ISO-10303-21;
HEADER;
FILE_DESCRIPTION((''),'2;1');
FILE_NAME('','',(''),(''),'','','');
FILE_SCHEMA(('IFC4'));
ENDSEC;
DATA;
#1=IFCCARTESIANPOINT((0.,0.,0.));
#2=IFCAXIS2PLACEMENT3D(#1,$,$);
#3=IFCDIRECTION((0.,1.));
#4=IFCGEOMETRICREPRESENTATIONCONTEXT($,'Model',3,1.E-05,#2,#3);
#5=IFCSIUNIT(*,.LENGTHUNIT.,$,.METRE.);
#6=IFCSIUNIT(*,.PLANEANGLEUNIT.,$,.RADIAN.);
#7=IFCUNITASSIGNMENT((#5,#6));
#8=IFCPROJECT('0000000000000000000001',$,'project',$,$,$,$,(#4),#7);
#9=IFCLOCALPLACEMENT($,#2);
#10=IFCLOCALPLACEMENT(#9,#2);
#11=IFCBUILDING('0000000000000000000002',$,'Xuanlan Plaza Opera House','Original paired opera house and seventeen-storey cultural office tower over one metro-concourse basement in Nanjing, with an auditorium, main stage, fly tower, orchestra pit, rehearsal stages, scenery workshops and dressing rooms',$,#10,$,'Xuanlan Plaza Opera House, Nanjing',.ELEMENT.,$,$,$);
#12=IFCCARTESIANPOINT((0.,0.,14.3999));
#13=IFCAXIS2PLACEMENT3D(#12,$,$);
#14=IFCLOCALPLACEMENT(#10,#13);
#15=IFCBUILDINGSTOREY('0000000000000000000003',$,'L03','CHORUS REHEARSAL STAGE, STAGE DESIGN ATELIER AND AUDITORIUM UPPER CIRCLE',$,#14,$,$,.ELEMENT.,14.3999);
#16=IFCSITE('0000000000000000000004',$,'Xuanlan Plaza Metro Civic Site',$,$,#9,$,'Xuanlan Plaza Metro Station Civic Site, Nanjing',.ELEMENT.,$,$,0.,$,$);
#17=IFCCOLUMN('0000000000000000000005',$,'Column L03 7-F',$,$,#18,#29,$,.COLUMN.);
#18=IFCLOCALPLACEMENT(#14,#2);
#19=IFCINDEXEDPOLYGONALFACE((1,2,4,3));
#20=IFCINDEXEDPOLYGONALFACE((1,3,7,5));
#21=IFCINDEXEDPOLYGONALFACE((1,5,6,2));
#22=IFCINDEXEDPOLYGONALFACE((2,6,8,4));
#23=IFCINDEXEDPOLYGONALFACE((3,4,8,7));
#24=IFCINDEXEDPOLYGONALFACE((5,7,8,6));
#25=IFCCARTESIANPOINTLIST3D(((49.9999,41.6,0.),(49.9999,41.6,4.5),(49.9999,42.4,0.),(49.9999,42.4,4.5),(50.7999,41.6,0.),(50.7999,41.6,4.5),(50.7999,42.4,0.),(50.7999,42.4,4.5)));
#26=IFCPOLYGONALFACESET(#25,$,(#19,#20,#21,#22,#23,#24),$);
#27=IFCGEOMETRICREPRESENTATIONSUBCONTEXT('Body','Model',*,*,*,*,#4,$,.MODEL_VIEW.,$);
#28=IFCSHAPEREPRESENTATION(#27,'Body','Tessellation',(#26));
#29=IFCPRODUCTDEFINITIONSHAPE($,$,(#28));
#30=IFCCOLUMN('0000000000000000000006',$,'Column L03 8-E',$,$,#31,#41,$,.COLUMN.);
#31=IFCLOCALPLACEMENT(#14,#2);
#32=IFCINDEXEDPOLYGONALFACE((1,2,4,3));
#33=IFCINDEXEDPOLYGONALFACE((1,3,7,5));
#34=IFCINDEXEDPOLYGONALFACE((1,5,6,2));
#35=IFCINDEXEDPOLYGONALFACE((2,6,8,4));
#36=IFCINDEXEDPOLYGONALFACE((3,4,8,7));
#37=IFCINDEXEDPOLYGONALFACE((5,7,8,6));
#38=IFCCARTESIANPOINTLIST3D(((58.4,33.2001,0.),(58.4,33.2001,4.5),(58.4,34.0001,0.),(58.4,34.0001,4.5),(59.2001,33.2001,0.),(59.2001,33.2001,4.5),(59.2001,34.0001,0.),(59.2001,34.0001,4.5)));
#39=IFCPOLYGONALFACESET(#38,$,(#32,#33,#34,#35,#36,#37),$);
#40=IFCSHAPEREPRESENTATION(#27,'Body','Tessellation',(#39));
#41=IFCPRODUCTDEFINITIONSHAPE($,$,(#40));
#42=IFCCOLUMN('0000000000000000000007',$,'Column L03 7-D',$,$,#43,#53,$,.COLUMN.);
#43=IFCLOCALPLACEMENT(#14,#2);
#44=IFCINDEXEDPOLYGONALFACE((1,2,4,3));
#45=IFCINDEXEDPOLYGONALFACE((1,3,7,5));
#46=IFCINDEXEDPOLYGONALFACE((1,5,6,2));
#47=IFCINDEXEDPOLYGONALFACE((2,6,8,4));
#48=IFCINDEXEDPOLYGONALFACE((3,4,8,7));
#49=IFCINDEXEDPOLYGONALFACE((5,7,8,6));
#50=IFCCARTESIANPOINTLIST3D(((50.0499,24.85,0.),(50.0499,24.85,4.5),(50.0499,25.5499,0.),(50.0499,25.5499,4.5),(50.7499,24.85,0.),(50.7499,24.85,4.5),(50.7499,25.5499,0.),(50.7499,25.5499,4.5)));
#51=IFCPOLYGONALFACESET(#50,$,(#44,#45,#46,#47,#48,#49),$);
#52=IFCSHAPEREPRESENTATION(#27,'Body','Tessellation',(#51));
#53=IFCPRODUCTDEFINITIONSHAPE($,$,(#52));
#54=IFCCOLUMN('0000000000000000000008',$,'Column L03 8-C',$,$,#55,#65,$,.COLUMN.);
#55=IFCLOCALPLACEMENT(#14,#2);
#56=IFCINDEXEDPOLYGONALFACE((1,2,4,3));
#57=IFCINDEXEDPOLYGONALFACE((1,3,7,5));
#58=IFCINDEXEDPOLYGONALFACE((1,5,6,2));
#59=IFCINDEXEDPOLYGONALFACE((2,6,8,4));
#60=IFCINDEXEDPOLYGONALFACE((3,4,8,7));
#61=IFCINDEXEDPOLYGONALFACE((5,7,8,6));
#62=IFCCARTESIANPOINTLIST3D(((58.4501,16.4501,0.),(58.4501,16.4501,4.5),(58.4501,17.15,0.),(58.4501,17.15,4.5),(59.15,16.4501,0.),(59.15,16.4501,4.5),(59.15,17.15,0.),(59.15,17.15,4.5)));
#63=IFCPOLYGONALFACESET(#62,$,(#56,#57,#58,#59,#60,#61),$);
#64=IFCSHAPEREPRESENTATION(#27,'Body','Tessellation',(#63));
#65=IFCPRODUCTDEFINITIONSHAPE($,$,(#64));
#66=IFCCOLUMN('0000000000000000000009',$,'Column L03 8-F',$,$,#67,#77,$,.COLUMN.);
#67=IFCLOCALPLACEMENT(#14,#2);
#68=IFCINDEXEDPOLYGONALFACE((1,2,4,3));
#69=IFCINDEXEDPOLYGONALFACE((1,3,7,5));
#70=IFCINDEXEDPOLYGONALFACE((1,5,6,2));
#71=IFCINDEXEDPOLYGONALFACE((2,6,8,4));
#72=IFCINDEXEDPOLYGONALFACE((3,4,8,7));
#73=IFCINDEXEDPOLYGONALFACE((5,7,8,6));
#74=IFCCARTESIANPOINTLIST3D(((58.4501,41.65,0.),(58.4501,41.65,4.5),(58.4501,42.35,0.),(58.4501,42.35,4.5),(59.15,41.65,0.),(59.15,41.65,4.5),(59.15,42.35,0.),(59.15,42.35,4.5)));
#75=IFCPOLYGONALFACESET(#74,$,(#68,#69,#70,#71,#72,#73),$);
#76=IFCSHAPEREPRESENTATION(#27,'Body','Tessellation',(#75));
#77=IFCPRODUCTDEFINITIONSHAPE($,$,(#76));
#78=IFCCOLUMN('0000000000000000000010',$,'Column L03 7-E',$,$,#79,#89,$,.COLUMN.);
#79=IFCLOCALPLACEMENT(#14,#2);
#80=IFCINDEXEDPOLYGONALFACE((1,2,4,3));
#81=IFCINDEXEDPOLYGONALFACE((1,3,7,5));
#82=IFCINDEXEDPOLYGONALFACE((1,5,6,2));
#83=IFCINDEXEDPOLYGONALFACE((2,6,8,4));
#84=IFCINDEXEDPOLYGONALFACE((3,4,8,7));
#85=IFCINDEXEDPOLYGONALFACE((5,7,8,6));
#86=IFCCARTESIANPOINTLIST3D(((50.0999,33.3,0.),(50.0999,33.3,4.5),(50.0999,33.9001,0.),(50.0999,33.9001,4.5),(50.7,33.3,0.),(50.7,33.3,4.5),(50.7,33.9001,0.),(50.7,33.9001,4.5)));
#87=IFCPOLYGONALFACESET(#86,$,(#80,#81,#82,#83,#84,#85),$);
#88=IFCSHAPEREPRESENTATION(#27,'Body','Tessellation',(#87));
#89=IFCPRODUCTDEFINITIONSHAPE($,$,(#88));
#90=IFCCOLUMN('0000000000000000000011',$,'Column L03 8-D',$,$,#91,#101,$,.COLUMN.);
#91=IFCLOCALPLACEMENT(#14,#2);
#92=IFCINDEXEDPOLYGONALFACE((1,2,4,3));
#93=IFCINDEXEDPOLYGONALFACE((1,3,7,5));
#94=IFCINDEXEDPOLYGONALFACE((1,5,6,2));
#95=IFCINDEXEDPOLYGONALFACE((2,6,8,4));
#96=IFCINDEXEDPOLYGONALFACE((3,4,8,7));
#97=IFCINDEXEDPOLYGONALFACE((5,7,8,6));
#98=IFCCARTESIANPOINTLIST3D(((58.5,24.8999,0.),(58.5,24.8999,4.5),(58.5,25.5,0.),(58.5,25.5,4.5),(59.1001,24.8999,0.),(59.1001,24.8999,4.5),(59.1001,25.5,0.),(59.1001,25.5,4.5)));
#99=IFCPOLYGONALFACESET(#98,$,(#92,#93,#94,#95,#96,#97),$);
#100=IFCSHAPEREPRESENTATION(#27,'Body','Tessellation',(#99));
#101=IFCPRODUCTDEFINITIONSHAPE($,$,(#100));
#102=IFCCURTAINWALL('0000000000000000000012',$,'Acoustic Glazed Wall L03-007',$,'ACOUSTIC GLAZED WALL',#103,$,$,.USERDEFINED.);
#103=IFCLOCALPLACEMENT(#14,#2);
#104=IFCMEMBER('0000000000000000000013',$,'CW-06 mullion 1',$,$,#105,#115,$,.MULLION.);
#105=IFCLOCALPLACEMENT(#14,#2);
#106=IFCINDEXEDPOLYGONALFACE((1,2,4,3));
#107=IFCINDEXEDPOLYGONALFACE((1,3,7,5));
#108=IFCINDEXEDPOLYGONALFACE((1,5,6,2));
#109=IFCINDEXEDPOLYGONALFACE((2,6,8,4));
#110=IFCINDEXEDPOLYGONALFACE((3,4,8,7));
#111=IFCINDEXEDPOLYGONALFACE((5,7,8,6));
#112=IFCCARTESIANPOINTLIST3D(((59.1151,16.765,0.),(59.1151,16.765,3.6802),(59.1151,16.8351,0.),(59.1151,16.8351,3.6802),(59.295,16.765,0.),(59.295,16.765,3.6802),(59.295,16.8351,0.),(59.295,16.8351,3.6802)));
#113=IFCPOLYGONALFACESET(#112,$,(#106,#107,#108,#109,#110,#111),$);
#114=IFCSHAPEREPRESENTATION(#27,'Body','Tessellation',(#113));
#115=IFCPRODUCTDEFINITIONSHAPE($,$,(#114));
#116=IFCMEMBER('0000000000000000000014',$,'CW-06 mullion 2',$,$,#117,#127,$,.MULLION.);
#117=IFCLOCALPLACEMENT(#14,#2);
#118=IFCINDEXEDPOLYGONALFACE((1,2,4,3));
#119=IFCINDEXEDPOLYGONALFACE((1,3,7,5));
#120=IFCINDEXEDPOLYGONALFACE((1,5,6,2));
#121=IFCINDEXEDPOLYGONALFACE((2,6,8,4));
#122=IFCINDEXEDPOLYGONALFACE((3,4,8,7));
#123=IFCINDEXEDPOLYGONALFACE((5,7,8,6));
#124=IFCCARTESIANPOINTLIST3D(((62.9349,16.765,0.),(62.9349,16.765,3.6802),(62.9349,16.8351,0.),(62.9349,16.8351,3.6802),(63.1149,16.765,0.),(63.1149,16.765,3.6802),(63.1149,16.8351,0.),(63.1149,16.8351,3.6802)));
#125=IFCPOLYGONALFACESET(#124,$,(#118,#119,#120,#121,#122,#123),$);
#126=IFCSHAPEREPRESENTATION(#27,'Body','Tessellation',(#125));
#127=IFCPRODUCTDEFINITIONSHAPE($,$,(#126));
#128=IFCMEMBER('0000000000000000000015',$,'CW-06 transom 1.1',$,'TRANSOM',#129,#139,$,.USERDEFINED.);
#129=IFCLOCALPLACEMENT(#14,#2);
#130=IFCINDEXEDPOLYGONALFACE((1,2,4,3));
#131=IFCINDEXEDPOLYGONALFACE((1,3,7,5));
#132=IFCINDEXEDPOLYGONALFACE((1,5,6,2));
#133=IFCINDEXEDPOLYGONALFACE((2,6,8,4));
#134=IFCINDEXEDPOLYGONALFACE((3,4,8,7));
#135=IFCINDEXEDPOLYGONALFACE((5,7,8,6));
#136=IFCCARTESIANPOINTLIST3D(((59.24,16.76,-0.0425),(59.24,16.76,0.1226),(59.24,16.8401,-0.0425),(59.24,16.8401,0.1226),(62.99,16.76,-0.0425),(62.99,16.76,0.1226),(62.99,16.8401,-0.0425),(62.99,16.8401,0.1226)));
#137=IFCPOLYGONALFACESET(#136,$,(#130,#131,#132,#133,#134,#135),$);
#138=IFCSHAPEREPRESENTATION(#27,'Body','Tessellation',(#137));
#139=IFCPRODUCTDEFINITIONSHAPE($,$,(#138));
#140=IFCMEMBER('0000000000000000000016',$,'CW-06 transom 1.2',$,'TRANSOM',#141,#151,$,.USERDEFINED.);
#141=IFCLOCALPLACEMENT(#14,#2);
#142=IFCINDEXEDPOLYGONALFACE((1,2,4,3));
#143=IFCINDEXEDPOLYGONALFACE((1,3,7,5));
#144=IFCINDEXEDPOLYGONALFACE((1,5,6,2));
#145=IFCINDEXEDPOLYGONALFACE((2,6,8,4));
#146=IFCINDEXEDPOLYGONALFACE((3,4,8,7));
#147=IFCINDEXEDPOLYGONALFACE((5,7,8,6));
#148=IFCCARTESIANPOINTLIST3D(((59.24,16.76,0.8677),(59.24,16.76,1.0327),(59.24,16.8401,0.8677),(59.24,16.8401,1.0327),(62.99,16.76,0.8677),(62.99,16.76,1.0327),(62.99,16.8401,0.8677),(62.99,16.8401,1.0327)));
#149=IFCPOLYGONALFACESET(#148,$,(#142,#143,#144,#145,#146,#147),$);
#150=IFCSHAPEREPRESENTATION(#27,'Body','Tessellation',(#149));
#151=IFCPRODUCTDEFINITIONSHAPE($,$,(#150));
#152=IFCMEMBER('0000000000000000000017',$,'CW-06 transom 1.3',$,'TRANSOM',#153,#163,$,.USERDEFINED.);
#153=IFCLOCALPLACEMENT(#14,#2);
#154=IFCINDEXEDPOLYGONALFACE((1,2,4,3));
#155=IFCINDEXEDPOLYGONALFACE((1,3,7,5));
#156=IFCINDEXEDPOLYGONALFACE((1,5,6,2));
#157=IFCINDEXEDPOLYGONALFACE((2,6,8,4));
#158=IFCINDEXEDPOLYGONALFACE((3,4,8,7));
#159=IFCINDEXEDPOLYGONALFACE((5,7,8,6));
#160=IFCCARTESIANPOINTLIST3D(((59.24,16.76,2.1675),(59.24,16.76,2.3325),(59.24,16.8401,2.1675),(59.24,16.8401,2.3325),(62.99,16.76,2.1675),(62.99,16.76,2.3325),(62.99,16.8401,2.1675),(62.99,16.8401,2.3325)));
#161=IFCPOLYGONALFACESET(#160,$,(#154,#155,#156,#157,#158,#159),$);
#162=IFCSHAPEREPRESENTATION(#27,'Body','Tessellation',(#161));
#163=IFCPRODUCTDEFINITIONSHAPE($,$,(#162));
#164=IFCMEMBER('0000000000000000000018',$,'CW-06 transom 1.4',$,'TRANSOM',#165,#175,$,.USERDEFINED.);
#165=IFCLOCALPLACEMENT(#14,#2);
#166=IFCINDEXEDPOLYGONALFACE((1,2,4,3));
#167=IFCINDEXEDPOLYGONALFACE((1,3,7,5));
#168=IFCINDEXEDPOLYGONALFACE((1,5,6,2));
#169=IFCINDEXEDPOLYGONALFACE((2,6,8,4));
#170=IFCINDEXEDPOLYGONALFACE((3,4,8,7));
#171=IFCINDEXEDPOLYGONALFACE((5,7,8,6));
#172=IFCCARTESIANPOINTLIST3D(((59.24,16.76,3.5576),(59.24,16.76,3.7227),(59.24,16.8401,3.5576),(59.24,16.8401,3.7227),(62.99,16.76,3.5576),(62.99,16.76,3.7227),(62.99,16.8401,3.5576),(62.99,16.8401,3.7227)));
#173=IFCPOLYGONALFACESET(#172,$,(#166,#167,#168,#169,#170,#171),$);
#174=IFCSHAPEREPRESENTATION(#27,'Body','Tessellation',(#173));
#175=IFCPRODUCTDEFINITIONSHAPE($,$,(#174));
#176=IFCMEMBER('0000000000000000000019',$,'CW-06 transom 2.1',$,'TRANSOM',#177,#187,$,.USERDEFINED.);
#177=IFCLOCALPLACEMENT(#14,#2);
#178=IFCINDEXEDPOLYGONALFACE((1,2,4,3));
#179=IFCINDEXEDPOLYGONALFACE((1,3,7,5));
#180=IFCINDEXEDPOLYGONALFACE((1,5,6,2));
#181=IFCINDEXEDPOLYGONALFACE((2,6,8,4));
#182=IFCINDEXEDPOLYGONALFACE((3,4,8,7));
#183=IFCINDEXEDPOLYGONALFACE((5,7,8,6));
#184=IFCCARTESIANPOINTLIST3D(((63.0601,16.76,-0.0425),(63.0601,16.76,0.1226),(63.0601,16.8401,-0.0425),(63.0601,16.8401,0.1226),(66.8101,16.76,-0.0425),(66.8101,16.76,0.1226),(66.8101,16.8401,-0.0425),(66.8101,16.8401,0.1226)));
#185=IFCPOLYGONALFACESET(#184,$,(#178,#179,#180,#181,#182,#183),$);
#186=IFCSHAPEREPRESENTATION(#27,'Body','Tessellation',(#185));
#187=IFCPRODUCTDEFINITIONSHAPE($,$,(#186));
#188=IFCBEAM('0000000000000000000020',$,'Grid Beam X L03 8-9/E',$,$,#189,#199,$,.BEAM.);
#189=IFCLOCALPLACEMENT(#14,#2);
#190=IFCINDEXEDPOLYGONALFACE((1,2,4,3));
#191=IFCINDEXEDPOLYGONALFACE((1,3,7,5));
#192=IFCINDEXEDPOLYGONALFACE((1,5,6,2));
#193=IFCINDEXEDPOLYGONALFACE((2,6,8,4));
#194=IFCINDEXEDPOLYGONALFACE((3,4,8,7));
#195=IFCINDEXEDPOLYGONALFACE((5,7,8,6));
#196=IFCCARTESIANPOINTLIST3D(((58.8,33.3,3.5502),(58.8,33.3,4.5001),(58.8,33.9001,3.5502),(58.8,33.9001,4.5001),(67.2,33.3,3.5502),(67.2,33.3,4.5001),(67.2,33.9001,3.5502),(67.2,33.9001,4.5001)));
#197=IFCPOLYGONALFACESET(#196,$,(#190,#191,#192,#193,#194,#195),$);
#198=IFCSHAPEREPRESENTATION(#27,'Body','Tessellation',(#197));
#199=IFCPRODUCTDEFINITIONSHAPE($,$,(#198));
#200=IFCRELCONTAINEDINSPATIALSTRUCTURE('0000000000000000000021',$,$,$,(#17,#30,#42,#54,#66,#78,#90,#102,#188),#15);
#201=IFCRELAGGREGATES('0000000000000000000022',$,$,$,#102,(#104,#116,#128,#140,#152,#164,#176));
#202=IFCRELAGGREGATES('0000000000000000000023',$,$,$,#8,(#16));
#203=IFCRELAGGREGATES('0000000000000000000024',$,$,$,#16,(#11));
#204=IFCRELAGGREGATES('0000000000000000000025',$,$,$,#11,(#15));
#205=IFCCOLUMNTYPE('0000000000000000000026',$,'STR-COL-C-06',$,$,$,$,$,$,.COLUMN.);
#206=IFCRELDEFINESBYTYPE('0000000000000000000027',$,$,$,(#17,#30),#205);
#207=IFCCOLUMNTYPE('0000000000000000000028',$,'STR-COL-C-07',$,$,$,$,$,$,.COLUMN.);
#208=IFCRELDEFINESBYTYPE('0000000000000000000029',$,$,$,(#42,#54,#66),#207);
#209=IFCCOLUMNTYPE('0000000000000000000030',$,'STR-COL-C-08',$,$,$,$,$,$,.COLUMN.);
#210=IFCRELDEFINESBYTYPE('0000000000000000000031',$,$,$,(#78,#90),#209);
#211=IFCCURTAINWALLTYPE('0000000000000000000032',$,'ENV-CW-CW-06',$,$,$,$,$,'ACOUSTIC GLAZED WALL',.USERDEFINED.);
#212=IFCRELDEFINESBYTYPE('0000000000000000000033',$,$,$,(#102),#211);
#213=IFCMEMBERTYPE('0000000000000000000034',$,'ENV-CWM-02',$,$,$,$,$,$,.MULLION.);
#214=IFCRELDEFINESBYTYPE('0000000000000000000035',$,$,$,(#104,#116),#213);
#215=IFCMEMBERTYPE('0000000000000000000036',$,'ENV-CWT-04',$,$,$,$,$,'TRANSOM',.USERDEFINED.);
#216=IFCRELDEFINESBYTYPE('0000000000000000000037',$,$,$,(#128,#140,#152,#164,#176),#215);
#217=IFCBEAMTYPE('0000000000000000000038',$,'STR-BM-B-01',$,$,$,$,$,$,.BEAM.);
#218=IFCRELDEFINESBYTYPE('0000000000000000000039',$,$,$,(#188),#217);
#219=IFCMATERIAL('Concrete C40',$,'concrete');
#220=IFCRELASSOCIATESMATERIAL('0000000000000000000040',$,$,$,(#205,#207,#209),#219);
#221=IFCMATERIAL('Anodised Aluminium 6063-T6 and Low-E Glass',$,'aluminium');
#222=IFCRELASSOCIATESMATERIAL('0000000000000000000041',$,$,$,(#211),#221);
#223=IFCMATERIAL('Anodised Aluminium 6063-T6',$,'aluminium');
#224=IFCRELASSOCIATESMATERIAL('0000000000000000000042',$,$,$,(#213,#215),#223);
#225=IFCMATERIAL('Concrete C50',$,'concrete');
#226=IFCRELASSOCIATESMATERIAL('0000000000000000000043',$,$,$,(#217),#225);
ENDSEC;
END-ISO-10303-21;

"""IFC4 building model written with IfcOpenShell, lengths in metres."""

from ifc_helpers import new_model, si_unit, direction, frame, origin, origin_2d, place, context, subcontext, project, spatial, rectangle, extrude, material, material_profile, profile_set, type_object, element, aggregate, save


model = new_model("IFC4")

# Units and contexts
model_context = context("Model", 3, precision=1e-05, world=origin(), true_north=direction((0.0, 1.0)))
body_context = subcontext(model_context, "Body", "Model", "MODEL_VIEW")
ifc_project = project(units=[si_unit("LENGTHUNIT", "METRE"), si_unit("PLANEANGLEUNIT", "RADIAN")], contexts=[model_context])

# Site, building, storey
site_placement = place(None, origin())
site = spatial("IfcSite", under=ifc_project, at=site_placement, Name="Xuanlan Plaza Metro Civic Site", LongName="Xuanlan Plaza Metro Station Civic Site, Nanjing", CompositionType="ELEMENT", RefElevation=0.0)
building_placement = place(site_placement, origin())
building = spatial("IfcBuilding", under=site, at=building_placement, Name="Xuanlan Plaza Opera House", Description="Original paired opera house and seventeen-storey cultural office tower over one metro-concourse basement in Nanjing, with an auditorium, main stage, fly tower, orchestra pit, rehearsal stages, scenery workshops and dressing rooms", LongName="Xuanlan Plaza Opera House, Nanjing", CompositionType="ELEMENT")
storey_placement = place(building_placement, frame((0.0, 0.0, 14.3999)))
storey = spatial("IfcBuildingStorey", under=building, at=storey_placement, Name="L03", Description="CHORUS REHEARSAL STAGE, STAGE DESIGN ATELIER AND AUDITORIUM UPPER CIRCLE", CompositionType="ELEMENT", Elevation=14.3999)

# Columns
ifc_material_1 = material(Name="Concrete C40", Category="concrete")
ifc_material_profile_1 = material_profile(ifc_material_1, rectangle(XDim=0.8, YDim=0.8, at=origin_2d()), Name="RC-COL 800x800")
ifc_profile_set_1 = profile_set([ifc_material_profile_1], Name="Concrete C40")
column_type_1 = type_object("IfcColumnType", Name="STR-COL-C-06", PredefinedType="COLUMN", material=ifc_profile_set_1)
for number, where, z_axis, x_axis, name in (
    (1, (50.3999, 42.0, 0.0), (0.0, 0.0, 1.0), (1.0, 0.0, 0.0), "Column L03 7-F"),
    (2, (58.8, 33.6001, 0.0), (0.0, 0.0, 1.0), (1.0, 0.0, 0.0), "Column L03 8-E"),
):
    element("IfcColumn", number, at=place(storey_placement, frame(where, z_axis=z_axis, x_axis=x_axis)), inside=storey, type_object=column_type_1, Name=name, PredefinedType="COLUMN", context=body_context, shape_type="SweptSolid", body=[
        extrude(rectangle(XDim=0.8, YDim=0.8, at=origin_2d()), origin(), (0.0, 0.0, 1.0), 4.5),
    ])
ifc_material_profile_2 = material_profile(ifc_material_1, rectangle(XDim=0.7, YDim=0.7, at=origin_2d()), Name="RC-COL 700x700")
ifc_profile_set_2 = profile_set([ifc_material_profile_2], Name="Concrete C40")
column_type_2 = type_object("IfcColumnType", Name="STR-COL-C-07", PredefinedType="COLUMN", material=ifc_profile_set_2)
for number, where, z_axis, x_axis, name in (
    (3, (50.3999, 25.2, 0.0), (0.0, 0.0, 1.0), (1.0, 0.0, 0.0), "Column L03 7-D"),
    (4, (58.8, 16.8, 0.0), (0.0, 0.0, 1.0), (1.0, 0.0, 0.0), "Column L03 8-C"),
    (5, (58.8, 42.0, 0.0), (0.0, 0.0, 1.0), (1.0, 0.0, 0.0), "Column L03 8-F"),
):
    element("IfcColumn", number, at=place(storey_placement, frame(where, z_axis=z_axis, x_axis=x_axis)), inside=storey, type_object=column_type_2, Name=name, PredefinedType="COLUMN", context=body_context, shape_type="SweptSolid", body=[
        extrude(rectangle(XDim=0.7, YDim=0.7, at=origin_2d()), origin(), (0.0, 0.0, 1.0), 4.5),
    ])
ifc_material_profile_3 = material_profile(ifc_material_1, rectangle(XDim=0.6001, YDim=0.6001, at=origin_2d()), Name="RC-COL 600x600")
ifc_profile_set_3 = profile_set([ifc_material_profile_3], Name="Concrete C40")
column_type_3 = type_object("IfcColumnType", Name="STR-COL-C-08", PredefinedType="COLUMN", material=ifc_profile_set_3)
for number, where, z_axis, x_axis, name in (
    (6, (50.3999, 33.6001, 0.0), (0.0, 0.0, 1.0), (1.0, 0.0, 0.0), "Column L03 7-E"),
    (7, (58.8, 25.2, 0.0), (0.0, 0.0, 1.0), (1.0, 0.0, 0.0), "Column L03 8-D"),
):
    element("IfcColumn", number, at=place(storey_placement, frame(where, z_axis=z_axis, x_axis=x_axis)), inside=storey, type_object=column_type_3, Name=name, PredefinedType="COLUMN", context=body_context, shape_type="SweptSolid", body=[
        extrude(rectangle(XDim=0.6001, YDim=0.6001, at=origin_2d()), origin(), (0.0, 0.0, 1.0), 4.5),
    ])

# Curtain wall, members
ifc_material_2 = material(Name="Anodised Aluminium 6063-T6 and Low-E Glass", Category="aluminium")
curtain_wall_type = type_object("IfcCurtainWallType", Name="ENV-CW-CW-06", ElementType="ACOUSTIC GLAZED WALL", PredefinedType="USERDEFINED", material=ifc_material_2)
curtain_wall_placement = place(storey_placement, origin())
curtain_wall = element("IfcCurtainWall", 8, at=curtain_wall_placement, inside=storey, type_object=curtain_wall_type, Name="Acoustic Glazed Wall L03-007", ObjectType="ACOUSTIC GLAZED WALL", PredefinedType="USERDEFINED")
ifc_material_3 = material(Name="Anodised Aluminium 6063-T6", Category="aluminium")
ifc_material_profile_4 = material_profile(ifc_material_3, rectangle(XDim=0.0701, YDim=0.1799, at=origin_2d()), Name="ALU-M 70x180")
ifc_profile_set_4 = profile_set([ifc_material_profile_4], Name="Anodised Aluminium 6063-T6")
member_type_1 = type_object("IfcMemberType", Name="ENV-CWM-02", PredefinedType="MULLION", material=ifc_profile_set_4)
member_1_placement = place(storey_placement, frame((59.2051, 16.8, 0.0), z_axis=(0.0, 0.0, 1.0), x_axis=(0.0, 1.0, 0.0)))
member_1 = element("IfcMember", 9, at=member_1_placement, type_object=member_type_1, Name="CW-06 mullion 1", PredefinedType="MULLION", context=body_context, shape_type="SweptSolid", body=[
    extrude(rectangle(XDim=0.0701, YDim=0.1799, at=origin_2d()), origin(), (0.0, 0.0, 1.0), 3.6802),
])
member_2_placement = place(storey_placement, frame((63.0249, 16.8, 0.0), z_axis=(0.0, 0.0, 1.0), x_axis=(0.0, 1.0, 0.0)))
member_2 = element("IfcMember", 10, at=member_2_placement, type_object=member_type_1, Name="CW-06 mullion 2", PredefinedType="MULLION", context=body_context, shape_type="SweptSolid", body=[
    extrude(rectangle(XDim=0.0701, YDim=0.1799, at=origin_2d()), origin(), (0.0, 0.0, 1.0), 3.6802),
])
ifc_material_profile_5 = material_profile(ifc_material_3, rectangle(XDim=0.0801, YDim=0.165, at=origin_2d()), Name="ALU-T 80x165")
ifc_profile_set_5 = profile_set([ifc_material_profile_5], Name="Anodised Aluminium 6063-T6")
member_type_2 = type_object("IfcMemberType", Name="ENV-CWT-04", ElementType="TRANSOM", PredefinedType="USERDEFINED", material=ifc_profile_set_5)
member_3_placement = place(storey_placement, frame((59.24, 16.8, 0.04), z_axis=(1.0, 0.0, 0.0), x_axis=(0.0, 1.0, 0.0)))
member_3 = element("IfcMember", 11, at=member_3_placement, type_object=member_type_2, Name="CW-06 transom 1.1", ObjectType="TRANSOM", PredefinedType="USERDEFINED", context=body_context, shape_type="SweptSolid", body=[
    extrude(rectangle(XDim=0.0801, YDim=0.165, at=origin_2d()), origin(), (0.0, 0.0, 1.0), 3.75),
])
member_4_placement = place(storey_placement, frame((59.24, 16.8, 0.9502), z_axis=(1.0, 0.0, 0.0), x_axis=(0.0, 1.0, 0.0)))
member_4 = element("IfcMember", 12, at=member_4_placement, type_object=member_type_2, Name="CW-06 transom 1.2", ObjectType="TRANSOM", PredefinedType="USERDEFINED", context=body_context, shape_type="SweptSolid", body=[
    extrude(rectangle(XDim=0.0801, YDim=0.165, at=origin_2d()), origin(), (0.0, 0.0, 1.0), 3.75),
])
member_5_placement = place(storey_placement, frame((59.24, 16.8, 2.25), z_axis=(1.0, 0.0, 0.0), x_axis=(0.0, 1.0, 0.0)))
member_5 = element("IfcMember", 13, at=member_5_placement, type_object=member_type_2, Name="CW-06 transom 1.3", ObjectType="TRANSOM", PredefinedType="USERDEFINED", context=body_context, shape_type="SweptSolid", body=[
    extrude(rectangle(XDim=0.0801, YDim=0.165, at=origin_2d()), origin(), (0.0, 0.0, 1.0), 3.75),
])
member_6_placement = place(storey_placement, frame((59.24, 16.8, 3.6401), z_axis=(1.0, 0.0, 0.0), x_axis=(0.0, 1.0, 0.0)))
member_6 = element("IfcMember", 14, at=member_6_placement, type_object=member_type_2, Name="CW-06 transom 1.4", ObjectType="TRANSOM", PredefinedType="USERDEFINED", context=body_context, shape_type="SweptSolid", body=[
    extrude(rectangle(XDim=0.0801, YDim=0.165, at=origin_2d()), origin(), (0.0, 0.0, 1.0), 3.75),
])
member_7_placement = place(storey_placement, frame((63.0601, 16.8, 0.04), z_axis=(1.0, 0.0, 0.0), x_axis=(0.0, 1.0, 0.0)))
member_7 = element("IfcMember", 15, at=member_7_placement, type_object=member_type_2, Name="CW-06 transom 2.1", ObjectType="TRANSOM", PredefinedType="USERDEFINED", context=body_context, shape_type="SweptSolid", body=[
    extrude(rectangle(XDim=0.0801, YDim=0.165, at=origin_2d()), origin(), (0.0, 0.0, 1.0), 3.75),
])

# Beam
ifc_material_4 = material(Name="Concrete C50", Category="concrete")
ifc_material_profile_6 = material_profile(ifc_material_4, rectangle(XDim=0.6001, YDim=0.95, at=origin_2d()), Name="RC-BM 600x950")
ifc_profile_set_6 = profile_set([ifc_material_profile_6], Name="Concrete C50")
beam_type_1 = type_object("IfcBeamType", Name="STR-BM-B-01", PredefinedType="BEAM", material=ifc_profile_set_6)
beam_1_placement = place(storey_placement, frame((58.8, 33.6001, 4.0251), z_axis=(1.0, 0.0, 0.0), x_axis=(0.0, 1.0, 0.0)))
element("IfcBeam", 16, at=beam_1_placement, inside=storey, type_object=beam_type_1, Name="Grid Beam X L03 8-9/E", PredefinedType="BEAM", context=body_context, shape_type="SweptSolid", body=[
    extrude(rectangle(XDim=0.6001, YDim=0.95, at=origin_2d()), origin(), (0.0, 0.0, 1.0), 8.3999),
])

aggregate(curtain_wall, [member_1, member_2, member_3, member_4, member_5, member_6, member_7])

save(model, "model.ifc")
